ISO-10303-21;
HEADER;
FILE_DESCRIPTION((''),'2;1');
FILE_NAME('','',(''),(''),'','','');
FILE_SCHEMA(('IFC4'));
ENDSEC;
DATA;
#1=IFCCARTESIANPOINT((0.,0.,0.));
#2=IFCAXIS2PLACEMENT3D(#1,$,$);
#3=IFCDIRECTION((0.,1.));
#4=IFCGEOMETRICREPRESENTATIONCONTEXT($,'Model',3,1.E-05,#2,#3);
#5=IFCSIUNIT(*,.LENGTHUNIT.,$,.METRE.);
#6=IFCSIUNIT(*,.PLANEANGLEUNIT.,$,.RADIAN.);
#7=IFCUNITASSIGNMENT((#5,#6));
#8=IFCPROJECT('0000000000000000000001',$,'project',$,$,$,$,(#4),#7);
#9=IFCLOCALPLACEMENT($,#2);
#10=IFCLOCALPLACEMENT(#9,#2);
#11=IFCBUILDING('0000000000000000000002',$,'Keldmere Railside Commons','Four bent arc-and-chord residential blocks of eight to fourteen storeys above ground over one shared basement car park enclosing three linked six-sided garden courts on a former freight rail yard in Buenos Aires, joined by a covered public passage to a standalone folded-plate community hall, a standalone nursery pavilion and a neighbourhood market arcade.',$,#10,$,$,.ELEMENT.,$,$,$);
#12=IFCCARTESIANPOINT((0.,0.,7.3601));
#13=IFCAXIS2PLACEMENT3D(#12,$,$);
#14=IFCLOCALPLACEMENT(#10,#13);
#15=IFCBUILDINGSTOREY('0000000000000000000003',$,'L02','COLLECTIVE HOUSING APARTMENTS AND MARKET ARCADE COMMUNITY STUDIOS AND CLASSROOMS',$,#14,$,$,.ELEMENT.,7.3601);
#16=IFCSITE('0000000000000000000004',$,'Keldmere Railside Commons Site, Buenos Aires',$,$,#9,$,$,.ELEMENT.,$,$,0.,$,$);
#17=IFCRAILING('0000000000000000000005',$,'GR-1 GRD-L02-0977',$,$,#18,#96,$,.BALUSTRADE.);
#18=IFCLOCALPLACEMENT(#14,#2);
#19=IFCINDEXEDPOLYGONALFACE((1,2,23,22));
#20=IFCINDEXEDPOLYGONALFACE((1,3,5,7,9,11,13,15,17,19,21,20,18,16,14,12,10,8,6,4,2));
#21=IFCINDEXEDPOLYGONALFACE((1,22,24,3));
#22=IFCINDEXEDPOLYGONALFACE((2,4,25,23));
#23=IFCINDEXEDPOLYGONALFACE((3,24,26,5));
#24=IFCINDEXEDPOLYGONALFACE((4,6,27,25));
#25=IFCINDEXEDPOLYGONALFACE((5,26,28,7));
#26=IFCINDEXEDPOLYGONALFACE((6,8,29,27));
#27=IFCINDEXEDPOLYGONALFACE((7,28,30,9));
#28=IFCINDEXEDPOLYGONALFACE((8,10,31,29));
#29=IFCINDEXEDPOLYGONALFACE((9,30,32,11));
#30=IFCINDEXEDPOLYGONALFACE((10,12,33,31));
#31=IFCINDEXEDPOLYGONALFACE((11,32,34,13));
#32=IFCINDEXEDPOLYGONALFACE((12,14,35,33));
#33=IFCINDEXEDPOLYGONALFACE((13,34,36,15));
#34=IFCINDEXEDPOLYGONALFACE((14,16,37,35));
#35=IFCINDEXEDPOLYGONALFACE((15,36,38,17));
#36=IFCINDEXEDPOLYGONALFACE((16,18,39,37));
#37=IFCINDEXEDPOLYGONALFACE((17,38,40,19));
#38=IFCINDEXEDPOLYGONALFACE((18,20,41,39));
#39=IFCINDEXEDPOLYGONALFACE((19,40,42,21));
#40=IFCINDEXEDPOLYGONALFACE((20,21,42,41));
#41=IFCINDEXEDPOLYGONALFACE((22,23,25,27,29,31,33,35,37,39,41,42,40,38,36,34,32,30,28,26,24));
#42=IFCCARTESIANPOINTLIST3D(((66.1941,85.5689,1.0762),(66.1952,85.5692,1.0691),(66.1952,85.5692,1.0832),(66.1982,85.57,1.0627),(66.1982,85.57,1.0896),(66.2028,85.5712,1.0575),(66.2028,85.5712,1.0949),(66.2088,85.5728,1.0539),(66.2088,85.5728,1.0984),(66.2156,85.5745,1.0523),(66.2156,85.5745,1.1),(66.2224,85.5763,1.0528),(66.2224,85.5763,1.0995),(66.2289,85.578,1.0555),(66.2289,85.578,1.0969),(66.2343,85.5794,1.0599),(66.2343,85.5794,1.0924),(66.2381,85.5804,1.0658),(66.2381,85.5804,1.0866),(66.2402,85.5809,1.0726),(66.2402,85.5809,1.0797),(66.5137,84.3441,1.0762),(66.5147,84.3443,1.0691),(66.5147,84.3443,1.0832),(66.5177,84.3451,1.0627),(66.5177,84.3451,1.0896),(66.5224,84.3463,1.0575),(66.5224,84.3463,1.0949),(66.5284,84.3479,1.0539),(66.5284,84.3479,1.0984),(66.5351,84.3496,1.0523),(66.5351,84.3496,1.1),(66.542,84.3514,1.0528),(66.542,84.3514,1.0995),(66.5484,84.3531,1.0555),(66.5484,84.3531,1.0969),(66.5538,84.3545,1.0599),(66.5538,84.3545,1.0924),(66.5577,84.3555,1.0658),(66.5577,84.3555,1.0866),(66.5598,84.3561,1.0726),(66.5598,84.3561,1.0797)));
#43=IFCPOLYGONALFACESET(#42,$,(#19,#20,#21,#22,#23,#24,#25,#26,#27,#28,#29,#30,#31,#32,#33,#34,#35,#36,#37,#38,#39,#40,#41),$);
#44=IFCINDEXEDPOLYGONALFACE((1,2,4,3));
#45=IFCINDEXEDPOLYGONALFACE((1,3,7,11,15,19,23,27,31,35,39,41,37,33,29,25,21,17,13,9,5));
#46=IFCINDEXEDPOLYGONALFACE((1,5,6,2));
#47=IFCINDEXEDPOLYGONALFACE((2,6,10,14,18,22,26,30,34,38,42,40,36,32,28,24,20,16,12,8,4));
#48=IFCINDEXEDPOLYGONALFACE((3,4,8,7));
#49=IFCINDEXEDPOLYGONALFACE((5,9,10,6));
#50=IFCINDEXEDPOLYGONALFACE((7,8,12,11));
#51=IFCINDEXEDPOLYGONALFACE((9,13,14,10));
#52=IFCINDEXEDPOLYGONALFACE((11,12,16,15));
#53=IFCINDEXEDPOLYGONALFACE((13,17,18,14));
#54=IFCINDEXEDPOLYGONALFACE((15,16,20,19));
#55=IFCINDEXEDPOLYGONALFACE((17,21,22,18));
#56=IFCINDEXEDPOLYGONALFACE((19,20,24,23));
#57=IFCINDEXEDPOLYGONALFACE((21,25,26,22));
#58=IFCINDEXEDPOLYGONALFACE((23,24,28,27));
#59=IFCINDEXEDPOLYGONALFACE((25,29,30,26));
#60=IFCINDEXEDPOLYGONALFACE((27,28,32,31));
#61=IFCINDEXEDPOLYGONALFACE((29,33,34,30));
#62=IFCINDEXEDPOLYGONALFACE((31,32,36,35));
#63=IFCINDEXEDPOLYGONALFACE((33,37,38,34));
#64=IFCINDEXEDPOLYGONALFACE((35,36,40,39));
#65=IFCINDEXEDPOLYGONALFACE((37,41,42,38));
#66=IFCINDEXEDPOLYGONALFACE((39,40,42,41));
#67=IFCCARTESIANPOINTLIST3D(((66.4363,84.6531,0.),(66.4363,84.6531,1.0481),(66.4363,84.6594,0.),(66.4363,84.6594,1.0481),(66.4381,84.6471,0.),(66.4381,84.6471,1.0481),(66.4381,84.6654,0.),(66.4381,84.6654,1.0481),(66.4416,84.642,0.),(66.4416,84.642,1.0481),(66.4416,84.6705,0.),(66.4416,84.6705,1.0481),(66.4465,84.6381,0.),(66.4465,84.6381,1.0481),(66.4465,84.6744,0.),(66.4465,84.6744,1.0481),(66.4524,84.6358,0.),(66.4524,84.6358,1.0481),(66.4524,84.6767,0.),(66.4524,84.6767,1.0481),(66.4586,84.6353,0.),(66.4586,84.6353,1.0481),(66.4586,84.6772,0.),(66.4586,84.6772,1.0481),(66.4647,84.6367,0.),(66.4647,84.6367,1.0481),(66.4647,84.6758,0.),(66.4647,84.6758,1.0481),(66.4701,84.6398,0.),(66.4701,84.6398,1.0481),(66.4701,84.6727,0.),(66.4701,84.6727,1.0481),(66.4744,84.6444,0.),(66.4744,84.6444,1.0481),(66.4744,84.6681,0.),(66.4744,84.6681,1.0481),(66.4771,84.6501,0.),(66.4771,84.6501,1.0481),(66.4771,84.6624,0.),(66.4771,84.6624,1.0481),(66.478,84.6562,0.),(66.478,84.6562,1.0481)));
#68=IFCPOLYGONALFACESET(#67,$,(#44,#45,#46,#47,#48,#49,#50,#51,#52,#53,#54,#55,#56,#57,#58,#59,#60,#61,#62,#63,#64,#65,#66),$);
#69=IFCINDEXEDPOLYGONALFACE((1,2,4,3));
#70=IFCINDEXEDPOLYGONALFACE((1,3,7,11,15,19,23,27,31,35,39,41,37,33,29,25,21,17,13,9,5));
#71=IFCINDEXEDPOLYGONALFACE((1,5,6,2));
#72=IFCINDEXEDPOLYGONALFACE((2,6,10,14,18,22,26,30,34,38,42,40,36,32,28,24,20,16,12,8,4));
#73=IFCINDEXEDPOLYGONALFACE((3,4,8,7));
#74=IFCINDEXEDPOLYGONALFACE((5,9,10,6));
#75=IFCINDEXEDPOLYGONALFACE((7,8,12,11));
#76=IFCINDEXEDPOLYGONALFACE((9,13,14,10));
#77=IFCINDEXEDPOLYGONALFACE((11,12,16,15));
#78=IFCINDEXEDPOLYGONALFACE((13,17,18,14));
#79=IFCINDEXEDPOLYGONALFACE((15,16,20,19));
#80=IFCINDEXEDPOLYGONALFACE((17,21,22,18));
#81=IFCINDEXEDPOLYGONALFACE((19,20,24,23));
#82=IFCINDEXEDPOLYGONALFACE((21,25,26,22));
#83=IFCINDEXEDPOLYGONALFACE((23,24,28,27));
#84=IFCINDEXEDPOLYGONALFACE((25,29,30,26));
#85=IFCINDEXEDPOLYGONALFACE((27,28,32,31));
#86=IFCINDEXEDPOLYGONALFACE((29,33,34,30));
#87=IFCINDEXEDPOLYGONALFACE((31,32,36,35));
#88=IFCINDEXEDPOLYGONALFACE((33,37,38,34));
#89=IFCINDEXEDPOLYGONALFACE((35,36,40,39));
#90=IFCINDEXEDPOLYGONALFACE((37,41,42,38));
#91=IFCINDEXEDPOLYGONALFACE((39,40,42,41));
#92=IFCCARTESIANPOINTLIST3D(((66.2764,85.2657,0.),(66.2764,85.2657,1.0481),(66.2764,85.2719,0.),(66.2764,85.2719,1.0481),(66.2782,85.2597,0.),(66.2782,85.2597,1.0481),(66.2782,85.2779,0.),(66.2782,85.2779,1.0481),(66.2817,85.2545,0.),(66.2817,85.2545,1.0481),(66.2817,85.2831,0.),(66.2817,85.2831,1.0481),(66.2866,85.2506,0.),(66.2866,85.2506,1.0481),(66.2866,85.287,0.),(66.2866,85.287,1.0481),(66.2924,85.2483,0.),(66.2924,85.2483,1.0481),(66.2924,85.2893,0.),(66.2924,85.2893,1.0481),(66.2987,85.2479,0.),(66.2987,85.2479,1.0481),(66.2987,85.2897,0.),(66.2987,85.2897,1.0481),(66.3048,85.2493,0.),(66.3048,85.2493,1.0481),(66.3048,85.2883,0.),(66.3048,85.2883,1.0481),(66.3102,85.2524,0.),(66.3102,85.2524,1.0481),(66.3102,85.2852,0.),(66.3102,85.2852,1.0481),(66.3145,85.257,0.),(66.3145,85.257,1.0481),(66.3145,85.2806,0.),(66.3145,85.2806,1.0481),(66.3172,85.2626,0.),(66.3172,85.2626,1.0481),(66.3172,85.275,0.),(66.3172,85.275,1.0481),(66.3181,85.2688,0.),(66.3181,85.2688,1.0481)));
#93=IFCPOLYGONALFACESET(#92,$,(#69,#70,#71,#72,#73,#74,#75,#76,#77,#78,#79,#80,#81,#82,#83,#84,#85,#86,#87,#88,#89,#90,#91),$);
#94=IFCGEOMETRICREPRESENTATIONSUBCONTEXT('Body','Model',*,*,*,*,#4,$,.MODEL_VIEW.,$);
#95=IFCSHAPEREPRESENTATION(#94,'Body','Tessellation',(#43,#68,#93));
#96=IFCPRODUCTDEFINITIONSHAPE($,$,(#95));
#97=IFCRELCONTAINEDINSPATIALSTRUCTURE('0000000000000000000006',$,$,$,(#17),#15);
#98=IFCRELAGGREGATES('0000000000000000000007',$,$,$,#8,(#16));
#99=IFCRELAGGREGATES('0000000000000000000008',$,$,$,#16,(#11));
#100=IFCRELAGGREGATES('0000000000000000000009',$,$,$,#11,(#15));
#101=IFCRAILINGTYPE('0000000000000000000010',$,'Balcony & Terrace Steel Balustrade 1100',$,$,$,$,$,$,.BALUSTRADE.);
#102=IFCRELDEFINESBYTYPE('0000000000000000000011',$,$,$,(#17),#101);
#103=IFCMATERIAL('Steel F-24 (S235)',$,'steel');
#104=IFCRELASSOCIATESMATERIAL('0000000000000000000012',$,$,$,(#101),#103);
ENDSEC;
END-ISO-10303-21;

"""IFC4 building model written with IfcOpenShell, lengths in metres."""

from ifc_helpers import new_model, si_unit, direction, frame, origin, origin_2d, place, context, subcontext, project, spatial, circle, extrude, material, type_object, element, save


model = new_model("IFC4")

# Units and contexts
model_context = context("Model", 3, precision=1e-05, world=origin(), true_north=direction((0.0, 1.0)))
body_context = subcontext(model_context, "Body", "Model", "MODEL_VIEW")
ifc_project = project(units=[si_unit("LENGTHUNIT", "METRE"), si_unit("PLANEANGLEUNIT", "RADIAN")], contexts=[model_context])

# Site, building, storey
site_placement = place(None, origin())
site = spatial("IfcSite", under=ifc_project, at=site_placement, Name="Keldmere Railside Commons Site, Buenos Aires", CompositionType="ELEMENT", RefElevation=0.0)
building_placement = place(site_placement, origin())
building = spatial("IfcBuilding", under=site, at=building_placement, Name="Keldmere Railside Commons", Description="Four bent arc-and-chord residential blocks of eight to fourteen storeys above ground over one shared basement car park enclosing three linked six-sided garden courts on a former freight rail yard in Buenos Aires, joined by a covered public passage to a standalone folded-plate community hall, a standalone nursery pavilion and a neighbourhood market arcade.", CompositionType="ELEMENT")
storey_placement = place(building_placement, frame((0.0, 0.0, 7.3601)))
storey = spatial("IfcBuildingStorey", under=building, at=storey_placement, Name="L02", Description="COLLECTIVE HOUSING APARTMENTS AND MARKET ARCADE COMMUNITY STUDIOS AND CLASSROOMS", CompositionType="ELEMENT", Elevation=7.3601)

# Railing
ifc_material_1 = material(Name="Steel F-24 (S235)", Category="steel")
railing_type = type_object("IfcRailingType", Name="Balcony & Terrace Steel Balustrade 1100", PredefinedType="BALUSTRADE", material=ifc_material_1)
railing_1_placement = place(storey_placement, frame((66.5369, 84.3501, 0.0)))
element("IfcRailing", 1, at=railing_1_placement, inside=storey, type_object=railing_type, Name="GR-1 GRD-L02-0977", PredefinedType="BALUSTRADE", context=body_context, shape_type="SweptSolid", body=[
    extrude(circle(Radius=0.0239, at=origin_2d()), frame((0.0, 0.0, 1.0762), z_axis=(-0.252461, 0.967607, 0.0), x_axis=(-0.967607, -0.252461, 0.0)), (0.0, 0.0, 1.0), 1.2659),
    extrude(circle(Radius=0.021, at=origin_2d()), frame((-0.0798, 0.3062, 0.0)), (0.0, 0.0, 1.0), 1.0481),
    extrude(circle(Radius=0.021, at=origin_2d()), frame((-0.2397, 0.9187, 0.0)), (0.0, 0.0, 1.0), 1.0481),
])

save(model, "model.ifc")
